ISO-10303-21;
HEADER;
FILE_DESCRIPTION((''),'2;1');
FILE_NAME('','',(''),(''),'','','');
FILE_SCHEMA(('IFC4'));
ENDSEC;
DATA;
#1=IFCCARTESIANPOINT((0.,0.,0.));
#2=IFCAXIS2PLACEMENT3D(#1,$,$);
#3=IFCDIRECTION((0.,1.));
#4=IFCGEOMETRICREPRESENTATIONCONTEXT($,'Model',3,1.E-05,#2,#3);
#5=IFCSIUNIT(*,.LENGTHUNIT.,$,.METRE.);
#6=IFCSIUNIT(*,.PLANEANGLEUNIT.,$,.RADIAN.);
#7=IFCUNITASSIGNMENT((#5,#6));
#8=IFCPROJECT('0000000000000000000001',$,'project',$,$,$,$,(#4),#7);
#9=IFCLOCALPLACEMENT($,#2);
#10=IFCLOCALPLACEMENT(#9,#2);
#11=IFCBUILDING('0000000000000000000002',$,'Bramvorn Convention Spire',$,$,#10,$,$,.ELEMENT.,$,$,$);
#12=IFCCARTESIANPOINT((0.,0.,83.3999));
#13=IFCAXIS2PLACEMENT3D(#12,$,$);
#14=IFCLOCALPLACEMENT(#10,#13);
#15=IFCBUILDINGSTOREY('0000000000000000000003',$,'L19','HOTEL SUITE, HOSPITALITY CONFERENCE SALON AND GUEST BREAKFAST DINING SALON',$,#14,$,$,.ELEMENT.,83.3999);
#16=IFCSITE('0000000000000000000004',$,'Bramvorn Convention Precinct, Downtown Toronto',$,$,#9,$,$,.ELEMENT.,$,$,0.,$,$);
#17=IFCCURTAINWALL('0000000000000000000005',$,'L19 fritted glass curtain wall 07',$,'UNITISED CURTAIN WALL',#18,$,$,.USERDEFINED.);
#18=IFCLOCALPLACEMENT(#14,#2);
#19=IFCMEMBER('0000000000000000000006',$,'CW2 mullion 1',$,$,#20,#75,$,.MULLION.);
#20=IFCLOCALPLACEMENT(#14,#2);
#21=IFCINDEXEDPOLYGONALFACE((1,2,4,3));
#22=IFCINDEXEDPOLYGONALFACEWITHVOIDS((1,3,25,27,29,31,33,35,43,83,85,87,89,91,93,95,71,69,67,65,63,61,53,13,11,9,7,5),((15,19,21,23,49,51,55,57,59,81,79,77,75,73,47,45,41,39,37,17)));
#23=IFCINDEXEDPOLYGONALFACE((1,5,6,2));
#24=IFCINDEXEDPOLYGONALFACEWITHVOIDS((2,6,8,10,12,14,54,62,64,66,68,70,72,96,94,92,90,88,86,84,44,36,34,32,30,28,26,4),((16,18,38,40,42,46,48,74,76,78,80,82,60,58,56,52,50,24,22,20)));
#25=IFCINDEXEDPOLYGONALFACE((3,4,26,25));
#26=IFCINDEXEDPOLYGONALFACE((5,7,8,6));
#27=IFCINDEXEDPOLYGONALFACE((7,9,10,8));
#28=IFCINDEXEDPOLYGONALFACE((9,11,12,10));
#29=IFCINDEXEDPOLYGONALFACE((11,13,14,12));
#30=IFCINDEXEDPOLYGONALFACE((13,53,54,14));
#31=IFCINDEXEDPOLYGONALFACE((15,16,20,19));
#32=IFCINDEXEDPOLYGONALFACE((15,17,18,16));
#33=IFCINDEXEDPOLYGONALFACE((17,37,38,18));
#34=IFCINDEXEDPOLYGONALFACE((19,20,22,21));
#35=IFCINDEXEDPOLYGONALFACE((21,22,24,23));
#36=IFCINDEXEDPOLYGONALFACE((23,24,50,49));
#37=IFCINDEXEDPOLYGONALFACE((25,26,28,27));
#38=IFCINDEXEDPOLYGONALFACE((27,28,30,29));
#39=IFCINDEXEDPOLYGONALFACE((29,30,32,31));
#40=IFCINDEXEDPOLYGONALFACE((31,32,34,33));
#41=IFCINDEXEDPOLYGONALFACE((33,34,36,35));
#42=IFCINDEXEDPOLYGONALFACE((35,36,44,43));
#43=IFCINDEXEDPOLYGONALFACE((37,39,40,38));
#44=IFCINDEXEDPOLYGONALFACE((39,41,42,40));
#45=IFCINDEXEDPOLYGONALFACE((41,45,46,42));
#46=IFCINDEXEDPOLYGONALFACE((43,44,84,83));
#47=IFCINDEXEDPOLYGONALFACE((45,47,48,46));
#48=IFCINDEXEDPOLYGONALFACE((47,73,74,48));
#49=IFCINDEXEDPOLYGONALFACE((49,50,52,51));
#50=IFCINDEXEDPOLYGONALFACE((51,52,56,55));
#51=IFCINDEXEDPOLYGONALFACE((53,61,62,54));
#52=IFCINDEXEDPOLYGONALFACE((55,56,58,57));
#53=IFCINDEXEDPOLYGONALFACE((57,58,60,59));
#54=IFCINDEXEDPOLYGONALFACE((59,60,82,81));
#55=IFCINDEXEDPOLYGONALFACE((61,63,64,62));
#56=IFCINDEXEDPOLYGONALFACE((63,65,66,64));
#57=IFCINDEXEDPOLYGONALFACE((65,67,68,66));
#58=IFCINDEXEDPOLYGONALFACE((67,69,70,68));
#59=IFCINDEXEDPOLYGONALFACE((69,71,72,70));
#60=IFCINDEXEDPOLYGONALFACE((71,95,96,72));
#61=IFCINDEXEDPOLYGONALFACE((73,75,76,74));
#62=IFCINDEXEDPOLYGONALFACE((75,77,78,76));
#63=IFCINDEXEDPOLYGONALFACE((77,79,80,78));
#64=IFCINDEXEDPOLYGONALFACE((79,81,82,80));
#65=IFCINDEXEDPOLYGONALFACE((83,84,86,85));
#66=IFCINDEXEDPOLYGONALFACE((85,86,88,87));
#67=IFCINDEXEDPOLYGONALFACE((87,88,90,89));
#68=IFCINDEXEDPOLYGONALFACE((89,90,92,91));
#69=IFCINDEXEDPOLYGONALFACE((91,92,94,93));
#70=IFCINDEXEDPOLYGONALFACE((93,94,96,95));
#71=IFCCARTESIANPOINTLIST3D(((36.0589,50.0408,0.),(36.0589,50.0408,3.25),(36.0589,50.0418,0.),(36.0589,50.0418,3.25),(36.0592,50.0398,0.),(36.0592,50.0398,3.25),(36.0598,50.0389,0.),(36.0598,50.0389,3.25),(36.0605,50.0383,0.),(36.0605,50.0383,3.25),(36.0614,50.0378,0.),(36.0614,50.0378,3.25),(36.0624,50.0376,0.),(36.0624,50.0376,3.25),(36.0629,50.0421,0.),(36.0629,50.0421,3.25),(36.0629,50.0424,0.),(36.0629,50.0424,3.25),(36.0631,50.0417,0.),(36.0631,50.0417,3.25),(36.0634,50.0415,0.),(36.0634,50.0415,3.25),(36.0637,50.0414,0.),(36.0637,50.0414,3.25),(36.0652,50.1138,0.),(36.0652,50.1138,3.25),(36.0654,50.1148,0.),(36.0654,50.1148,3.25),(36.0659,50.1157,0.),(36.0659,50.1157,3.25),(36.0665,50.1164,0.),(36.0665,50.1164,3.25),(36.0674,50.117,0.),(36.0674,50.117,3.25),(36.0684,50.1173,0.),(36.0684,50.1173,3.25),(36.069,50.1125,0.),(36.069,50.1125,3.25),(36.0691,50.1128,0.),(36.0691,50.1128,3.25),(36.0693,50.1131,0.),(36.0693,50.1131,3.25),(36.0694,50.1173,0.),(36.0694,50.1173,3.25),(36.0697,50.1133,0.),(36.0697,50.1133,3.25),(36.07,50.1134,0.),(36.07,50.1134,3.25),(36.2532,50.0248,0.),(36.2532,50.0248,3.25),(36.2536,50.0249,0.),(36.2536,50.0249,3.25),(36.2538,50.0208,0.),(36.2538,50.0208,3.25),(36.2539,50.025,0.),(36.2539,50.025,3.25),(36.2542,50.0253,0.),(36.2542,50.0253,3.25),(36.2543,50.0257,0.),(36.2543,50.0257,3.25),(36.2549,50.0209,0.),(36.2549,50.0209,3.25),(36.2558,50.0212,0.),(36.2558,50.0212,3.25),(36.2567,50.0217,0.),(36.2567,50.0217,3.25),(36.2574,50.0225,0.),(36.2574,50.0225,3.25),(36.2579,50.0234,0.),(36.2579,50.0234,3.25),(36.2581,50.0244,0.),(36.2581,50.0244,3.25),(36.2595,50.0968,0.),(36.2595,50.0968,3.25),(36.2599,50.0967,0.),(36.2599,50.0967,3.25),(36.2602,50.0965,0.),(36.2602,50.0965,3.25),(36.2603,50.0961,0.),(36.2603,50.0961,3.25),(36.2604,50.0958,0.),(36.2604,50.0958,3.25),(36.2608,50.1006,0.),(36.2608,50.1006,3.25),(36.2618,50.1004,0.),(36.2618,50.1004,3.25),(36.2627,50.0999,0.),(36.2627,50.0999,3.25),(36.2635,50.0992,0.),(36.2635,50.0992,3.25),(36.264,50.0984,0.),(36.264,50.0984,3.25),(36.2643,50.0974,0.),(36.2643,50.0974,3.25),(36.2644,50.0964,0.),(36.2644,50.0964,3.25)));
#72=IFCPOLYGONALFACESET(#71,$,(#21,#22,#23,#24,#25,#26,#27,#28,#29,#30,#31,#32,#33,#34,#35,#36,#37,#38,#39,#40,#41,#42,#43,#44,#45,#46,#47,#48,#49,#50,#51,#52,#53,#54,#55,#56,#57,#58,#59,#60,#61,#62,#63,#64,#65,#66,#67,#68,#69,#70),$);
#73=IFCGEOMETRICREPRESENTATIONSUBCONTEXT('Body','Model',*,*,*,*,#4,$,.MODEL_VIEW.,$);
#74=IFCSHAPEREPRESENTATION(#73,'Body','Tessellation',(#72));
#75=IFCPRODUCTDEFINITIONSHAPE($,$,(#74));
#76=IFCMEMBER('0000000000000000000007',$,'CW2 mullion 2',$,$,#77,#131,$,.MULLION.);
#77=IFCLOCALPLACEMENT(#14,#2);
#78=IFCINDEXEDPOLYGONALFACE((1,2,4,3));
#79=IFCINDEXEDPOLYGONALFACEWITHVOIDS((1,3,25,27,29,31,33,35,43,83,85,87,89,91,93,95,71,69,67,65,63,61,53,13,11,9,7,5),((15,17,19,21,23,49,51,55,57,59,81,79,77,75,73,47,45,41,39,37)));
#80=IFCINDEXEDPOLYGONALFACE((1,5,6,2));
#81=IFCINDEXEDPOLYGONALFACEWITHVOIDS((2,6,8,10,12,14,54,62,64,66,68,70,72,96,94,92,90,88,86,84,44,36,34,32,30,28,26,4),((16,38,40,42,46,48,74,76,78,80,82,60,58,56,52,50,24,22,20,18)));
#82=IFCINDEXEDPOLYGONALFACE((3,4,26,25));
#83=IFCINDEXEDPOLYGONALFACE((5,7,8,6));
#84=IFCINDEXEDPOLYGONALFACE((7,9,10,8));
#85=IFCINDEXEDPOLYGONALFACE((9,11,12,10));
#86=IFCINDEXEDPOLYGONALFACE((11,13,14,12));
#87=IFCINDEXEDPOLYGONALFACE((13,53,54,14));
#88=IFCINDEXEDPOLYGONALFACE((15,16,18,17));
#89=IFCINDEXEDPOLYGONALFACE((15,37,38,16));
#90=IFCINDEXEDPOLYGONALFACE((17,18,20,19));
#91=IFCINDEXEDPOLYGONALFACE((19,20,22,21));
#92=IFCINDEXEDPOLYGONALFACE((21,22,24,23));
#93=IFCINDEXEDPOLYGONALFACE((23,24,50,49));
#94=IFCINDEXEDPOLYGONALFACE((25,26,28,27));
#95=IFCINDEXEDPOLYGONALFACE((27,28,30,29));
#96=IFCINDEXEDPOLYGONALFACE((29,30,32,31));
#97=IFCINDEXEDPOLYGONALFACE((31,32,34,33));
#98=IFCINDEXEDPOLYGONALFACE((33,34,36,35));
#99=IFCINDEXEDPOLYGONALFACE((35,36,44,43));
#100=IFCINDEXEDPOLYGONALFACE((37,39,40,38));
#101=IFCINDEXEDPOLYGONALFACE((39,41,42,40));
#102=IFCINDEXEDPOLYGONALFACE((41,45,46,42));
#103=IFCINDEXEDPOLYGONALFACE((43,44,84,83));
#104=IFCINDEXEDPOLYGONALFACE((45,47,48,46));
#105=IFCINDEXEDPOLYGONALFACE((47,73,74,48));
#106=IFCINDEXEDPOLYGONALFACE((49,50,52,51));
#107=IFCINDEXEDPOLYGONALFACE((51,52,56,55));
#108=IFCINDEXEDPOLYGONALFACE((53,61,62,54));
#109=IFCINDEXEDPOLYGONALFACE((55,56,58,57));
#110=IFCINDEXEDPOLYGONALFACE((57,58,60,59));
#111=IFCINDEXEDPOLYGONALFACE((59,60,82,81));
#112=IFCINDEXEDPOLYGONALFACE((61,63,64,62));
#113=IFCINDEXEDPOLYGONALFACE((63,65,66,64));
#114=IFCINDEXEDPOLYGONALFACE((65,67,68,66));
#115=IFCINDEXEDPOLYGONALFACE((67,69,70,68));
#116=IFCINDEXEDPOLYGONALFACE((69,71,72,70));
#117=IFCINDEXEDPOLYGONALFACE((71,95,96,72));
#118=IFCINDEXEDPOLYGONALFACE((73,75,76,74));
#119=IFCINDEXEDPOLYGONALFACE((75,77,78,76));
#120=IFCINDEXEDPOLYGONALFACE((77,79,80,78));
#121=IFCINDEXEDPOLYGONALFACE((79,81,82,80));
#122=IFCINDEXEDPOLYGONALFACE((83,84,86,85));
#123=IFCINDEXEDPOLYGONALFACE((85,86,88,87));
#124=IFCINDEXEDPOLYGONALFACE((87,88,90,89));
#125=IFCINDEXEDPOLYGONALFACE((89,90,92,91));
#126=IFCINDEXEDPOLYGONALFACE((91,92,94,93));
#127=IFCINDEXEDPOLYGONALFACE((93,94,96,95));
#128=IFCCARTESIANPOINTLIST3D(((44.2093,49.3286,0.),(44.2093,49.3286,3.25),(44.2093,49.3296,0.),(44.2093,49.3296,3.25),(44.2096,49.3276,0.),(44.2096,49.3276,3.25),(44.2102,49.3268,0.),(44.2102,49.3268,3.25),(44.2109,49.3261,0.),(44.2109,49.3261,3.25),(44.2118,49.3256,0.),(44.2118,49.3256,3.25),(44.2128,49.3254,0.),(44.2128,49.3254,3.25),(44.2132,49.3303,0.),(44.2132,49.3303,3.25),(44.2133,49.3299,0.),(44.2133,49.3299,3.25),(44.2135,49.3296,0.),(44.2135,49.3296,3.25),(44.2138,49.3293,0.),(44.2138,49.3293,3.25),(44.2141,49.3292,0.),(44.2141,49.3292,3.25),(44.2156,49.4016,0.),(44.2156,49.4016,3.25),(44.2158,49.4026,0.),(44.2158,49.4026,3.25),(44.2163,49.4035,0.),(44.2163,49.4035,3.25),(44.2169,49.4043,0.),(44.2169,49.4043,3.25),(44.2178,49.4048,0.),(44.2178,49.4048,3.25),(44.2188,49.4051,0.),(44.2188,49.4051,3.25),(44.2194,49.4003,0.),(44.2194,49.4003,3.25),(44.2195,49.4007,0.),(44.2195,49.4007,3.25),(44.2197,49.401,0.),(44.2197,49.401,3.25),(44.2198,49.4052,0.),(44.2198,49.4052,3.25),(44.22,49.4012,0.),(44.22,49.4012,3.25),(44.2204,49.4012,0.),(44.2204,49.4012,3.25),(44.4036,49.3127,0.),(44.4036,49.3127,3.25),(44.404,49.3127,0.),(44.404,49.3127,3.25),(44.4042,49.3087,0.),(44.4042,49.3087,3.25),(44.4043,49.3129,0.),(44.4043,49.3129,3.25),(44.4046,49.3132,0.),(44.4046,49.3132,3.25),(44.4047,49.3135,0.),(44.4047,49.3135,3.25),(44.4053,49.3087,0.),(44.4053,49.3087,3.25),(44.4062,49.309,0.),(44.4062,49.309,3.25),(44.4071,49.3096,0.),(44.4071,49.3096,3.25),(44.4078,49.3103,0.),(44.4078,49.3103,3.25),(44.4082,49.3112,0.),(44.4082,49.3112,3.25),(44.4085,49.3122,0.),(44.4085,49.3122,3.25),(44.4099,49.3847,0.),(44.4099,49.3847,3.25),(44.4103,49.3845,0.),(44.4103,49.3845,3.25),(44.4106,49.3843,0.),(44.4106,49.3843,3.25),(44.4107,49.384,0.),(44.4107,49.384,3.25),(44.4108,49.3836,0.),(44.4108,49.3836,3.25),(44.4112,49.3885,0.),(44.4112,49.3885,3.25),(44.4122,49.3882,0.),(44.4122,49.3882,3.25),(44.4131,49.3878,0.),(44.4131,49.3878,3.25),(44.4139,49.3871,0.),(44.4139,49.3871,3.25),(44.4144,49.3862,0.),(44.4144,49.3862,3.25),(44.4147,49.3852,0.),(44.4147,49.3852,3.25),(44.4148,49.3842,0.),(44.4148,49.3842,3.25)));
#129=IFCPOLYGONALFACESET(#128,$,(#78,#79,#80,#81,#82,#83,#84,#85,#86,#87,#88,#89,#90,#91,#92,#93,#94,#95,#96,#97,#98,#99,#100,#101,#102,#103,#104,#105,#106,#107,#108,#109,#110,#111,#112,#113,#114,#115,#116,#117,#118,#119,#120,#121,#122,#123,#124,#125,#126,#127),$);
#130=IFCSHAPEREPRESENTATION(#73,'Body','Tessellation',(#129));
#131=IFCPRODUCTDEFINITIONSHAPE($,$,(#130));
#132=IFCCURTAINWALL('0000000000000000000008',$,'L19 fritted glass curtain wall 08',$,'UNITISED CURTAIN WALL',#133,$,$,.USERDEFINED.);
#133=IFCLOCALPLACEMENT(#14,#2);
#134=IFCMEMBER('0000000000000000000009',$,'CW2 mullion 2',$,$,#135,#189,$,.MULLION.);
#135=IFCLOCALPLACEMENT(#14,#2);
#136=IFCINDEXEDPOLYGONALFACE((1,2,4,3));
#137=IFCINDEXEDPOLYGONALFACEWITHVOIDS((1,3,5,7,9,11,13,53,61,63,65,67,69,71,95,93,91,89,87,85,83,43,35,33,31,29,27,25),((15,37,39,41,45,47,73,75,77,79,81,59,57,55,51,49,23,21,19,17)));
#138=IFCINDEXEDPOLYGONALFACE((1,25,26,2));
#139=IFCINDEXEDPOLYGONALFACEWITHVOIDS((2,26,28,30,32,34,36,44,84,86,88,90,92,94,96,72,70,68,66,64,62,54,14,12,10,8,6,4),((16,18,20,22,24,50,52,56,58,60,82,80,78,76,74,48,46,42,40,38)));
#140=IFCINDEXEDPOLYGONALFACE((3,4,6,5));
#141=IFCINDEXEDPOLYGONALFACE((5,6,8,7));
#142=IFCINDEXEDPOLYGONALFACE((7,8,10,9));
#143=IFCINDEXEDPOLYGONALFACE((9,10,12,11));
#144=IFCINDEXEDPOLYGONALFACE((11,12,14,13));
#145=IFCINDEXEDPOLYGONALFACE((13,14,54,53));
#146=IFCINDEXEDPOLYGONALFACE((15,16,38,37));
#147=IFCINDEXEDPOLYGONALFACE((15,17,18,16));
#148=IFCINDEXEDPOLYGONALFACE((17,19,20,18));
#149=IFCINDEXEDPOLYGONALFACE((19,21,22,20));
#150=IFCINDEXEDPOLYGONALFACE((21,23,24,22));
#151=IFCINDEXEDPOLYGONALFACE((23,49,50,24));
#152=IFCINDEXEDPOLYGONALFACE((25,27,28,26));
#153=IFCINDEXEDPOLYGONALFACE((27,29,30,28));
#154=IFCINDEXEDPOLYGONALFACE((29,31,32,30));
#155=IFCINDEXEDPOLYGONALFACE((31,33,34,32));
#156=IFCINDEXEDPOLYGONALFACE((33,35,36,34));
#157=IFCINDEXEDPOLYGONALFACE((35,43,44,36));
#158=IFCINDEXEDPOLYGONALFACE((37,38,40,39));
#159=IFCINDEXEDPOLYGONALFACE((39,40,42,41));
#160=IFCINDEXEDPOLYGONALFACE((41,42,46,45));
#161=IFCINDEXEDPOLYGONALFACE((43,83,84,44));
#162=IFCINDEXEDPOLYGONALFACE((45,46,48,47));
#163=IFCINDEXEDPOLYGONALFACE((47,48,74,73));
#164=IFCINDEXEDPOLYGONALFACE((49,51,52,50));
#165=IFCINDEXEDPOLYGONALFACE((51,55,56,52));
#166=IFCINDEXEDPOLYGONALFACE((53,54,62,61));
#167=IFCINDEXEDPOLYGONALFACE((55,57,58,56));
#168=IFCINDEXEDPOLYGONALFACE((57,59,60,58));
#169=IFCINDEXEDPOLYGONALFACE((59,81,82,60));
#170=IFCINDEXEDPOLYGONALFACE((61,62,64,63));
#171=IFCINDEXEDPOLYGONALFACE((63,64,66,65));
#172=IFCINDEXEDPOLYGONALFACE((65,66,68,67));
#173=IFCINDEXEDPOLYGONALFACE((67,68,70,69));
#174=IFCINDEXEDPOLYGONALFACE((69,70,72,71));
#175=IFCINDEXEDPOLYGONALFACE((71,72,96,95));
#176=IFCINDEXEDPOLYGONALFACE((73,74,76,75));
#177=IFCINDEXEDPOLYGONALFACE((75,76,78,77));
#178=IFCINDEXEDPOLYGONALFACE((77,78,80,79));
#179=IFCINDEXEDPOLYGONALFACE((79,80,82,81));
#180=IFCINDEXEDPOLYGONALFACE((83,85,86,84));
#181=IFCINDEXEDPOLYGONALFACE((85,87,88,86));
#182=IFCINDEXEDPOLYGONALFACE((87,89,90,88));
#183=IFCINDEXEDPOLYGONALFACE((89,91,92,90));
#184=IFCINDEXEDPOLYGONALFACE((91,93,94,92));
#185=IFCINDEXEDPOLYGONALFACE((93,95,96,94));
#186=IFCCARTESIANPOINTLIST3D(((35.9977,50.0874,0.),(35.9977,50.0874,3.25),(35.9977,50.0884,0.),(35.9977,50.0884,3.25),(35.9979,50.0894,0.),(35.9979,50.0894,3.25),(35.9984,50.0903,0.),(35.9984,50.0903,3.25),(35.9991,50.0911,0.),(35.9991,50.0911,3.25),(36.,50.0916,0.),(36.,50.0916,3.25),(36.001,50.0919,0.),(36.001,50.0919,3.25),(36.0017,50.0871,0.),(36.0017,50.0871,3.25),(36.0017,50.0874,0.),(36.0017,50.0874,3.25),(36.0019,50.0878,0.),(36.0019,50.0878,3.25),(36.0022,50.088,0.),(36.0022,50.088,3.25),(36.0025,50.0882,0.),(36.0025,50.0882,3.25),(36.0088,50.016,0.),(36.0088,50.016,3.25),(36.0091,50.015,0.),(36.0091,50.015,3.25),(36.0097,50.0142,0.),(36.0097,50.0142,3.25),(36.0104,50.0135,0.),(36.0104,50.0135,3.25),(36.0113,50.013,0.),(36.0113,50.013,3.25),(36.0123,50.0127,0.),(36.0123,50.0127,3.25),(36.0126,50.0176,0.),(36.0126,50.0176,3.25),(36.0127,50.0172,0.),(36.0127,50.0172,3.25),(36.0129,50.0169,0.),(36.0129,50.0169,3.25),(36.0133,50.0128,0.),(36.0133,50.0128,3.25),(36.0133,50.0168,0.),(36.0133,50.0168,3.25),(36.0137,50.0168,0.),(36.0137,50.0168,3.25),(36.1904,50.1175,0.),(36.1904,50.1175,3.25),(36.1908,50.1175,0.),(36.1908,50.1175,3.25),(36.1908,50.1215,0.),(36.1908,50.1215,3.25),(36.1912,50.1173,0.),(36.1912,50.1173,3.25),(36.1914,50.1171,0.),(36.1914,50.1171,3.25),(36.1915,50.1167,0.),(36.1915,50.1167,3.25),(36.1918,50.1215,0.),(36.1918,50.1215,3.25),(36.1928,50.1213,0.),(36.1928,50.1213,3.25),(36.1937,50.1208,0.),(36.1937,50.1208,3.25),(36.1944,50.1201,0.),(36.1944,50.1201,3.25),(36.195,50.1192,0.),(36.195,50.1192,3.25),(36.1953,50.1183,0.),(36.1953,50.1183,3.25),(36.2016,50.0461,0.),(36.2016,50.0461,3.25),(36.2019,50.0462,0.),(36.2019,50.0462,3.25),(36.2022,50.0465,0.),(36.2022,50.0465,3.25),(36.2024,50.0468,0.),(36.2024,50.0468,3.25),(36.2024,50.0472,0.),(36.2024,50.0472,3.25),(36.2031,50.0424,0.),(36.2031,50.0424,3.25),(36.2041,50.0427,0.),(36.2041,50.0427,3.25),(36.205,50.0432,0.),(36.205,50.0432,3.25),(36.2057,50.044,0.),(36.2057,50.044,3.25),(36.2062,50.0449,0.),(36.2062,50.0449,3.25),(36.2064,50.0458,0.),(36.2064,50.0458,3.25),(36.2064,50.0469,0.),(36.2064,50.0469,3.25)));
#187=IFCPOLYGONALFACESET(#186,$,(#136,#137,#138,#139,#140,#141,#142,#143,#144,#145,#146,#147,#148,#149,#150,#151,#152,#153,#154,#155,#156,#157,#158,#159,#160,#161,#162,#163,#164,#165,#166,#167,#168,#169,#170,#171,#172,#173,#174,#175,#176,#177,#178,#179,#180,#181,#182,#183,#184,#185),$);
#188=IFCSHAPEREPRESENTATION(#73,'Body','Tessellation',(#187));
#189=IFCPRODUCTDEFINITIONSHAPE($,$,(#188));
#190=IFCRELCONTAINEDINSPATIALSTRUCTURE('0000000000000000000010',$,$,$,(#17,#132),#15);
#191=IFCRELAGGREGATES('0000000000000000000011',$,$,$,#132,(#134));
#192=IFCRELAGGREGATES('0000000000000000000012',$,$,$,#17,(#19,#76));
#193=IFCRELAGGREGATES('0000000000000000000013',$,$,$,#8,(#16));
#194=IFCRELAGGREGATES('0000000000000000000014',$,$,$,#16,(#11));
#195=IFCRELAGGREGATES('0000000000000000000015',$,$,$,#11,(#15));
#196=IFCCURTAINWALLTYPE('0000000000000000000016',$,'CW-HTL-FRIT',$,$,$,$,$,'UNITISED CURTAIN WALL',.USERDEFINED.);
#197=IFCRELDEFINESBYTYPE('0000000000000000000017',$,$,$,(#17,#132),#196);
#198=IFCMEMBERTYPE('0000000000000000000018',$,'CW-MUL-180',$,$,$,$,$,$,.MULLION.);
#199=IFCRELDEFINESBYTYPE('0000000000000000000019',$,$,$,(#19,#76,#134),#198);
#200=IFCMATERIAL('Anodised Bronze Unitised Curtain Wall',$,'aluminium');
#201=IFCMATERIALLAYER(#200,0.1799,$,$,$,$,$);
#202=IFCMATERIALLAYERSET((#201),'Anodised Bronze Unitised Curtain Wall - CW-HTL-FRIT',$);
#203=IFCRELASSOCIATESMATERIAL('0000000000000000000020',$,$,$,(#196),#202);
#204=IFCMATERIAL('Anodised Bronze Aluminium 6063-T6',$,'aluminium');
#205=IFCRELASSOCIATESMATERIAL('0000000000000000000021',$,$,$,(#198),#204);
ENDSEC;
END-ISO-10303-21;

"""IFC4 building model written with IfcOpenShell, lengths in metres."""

from ifc_helpers import new_model, si_unit, direction, frame, origin, origin_2d, place, context, subcontext, project, spatial, hollow_rectangle, extrude, material, layer, layer_set, material_profile, profile_set, type_object, element, aggregate, save


model = new_model("IFC4")

# Units and contexts
model_context = context("Model", 3, precision=1e-05, world=origin(), true_north=direction((0.0, 1.0)))
body_context = subcontext(model_context, "Body", "Model", "MODEL_VIEW")
ifc_project = project(units=[si_unit("LENGTHUNIT", "METRE"), si_unit("PLANEANGLEUNIT", "RADIAN")], contexts=[model_context])

# Site, building, storey
site_placement = place(None, origin())
site = spatial("IfcSite", under=ifc_project, at=site_placement, Name="Bramvorn Convention Precinct, Downtown Toronto", CompositionType="ELEMENT", RefElevation=0.0)
building_placement = place(site_placement, origin())
building = spatial("IfcBuilding", under=site, at=building_placement, Name="Bramvorn Convention Spire", CompositionType="ELEMENT")
storey_placement = place(building_placement, frame((0.0, 0.0, 83.3999)))
storey = spatial("IfcBuildingStorey", under=building, at=storey_placement, Name="L19", Description="HOTEL SUITE, HOSPITALITY CONFERENCE SALON AND GUEST BREAKFAST DINING SALON", CompositionType="ELEMENT", Elevation=83.3999)

# Curtain wall, members
ifc_material_1 = material(Name="Anodised Bronze Unitised Curtain Wall", Category="aluminium")
ifc_layer_1 = layer(ifc_material_1, 0.1799)
ifc_layer_set_1 = layer_set([ifc_layer_1], Name="Anodised Bronze Unitised Curtain Wall - CW-HTL-FRIT")
curtain_wall_type = type_object("IfcCurtainWallType", Name="CW-HTL-FRIT", ElementType="UNITISED CURTAIN WALL", PredefinedType="USERDEFINED", material=ifc_layer_set_1)
curtain_wall_1_placement = place(storey_placement, origin())
curtain_wall_1 = element("IfcCurtainWall", 1, at=curtain_wall_1_placement, inside=storey, type_object=curtain_wall_type, Name="L19 fritted glass curtain wall 07", ObjectType="UNITISED CURTAIN WALL", PredefinedType="USERDEFINED")
ifc_material_2 = material(Name="Anodised Bronze Aluminium 6063-T6", Category="aluminium")
ifc_material_profile_1 = material_profile(ifc_material_2, hollow_rectangle(XDim=0.0801, YDim=0.2, WallThickness=0.0039, InnerFilletRadius=0.001, OuterFilletRadius=0.0039, at=origin_2d()))
ifc_profile_set_1 = profile_set([ifc_material_profile_1], Name="Anodised Bronze Aluminium 6063-T6 - CWM80X200")
member_type_1 = type_object("IfcMemberType", Name="CW-MUL-180", PredefinedType="MULLION", material=ifc_profile_set_1)
member_1_placement = place(storey_placement, frame((36.1616, 50.0691, 0.0), z_axis=(0.0, 0.0, 1.0), x_axis=(0.087036, 0.996205, 0.0)))
member_1 = element("IfcMember", 2, at=member_1_placement, type_object=member_type_1, Name="CW2 mullion 1", PredefinedType="MULLION", context=body_context, shape_type="SweptSolid", body=[
    extrude(hollow_rectangle(XDim=0.0801, YDim=0.2, WallThickness=0.0039, InnerFilletRadius=0.001, OuterFilletRadius=0.0039, at=origin_2d()), origin(), (0.0, 0.0, 1.0), 3.25),
])
member_2_placement = place(storey_placement, frame((44.312, 49.3569, 0.0), z_axis=(0.0, 0.0, 1.0), x_axis=(0.087036, 0.996205, 0.0)))
member_2 = element("IfcMember", 3, at=member_2_placement, type_object=member_type_1, Name="CW2 mullion 2", PredefinedType="MULLION", context=body_context, shape_type="SweptSolid", body=[
    extrude(hollow_rectangle(XDim=0.0801, YDim=0.2, WallThickness=0.0039, InnerFilletRadius=0.001, OuterFilletRadius=0.0039, at=origin_2d()), origin(), (0.0, 0.0, 1.0), 3.25),
])

# Curtain wall, member
curtain_wall_2_placement = place(storey_placement, origin())
curtain_wall_2 = element("IfcCurtainWall", 4, at=curtain_wall_2_placement, inside=storey, type_object=curtain_wall_type, Name="L19 fritted glass curtain wall 08", ObjectType="UNITISED CURTAIN WALL", PredefinedType="USERDEFINED")
member_3_placement = place(storey_placement, frame((36.1021, 50.0671, 0.0), z_axis=(0.0, 0.0, 1.0), x_axis=(-0.154293, 0.988025, 0.0)))
member_3 = element("IfcMember", 5, at=member_3_placement, type_object=member_type_1, Name="CW2 mullion 2", PredefinedType="MULLION", context=body_context, shape_type="SweptSolid", body=[
    extrude(hollow_rectangle(XDim=0.0801, YDim=0.2, WallThickness=0.0039, InnerFilletRadius=0.001, OuterFilletRadius=0.0039, at=origin_2d()), origin(), (0.0, 0.0, 1.0), 3.25),
])
aggregate(curtain_wall_2, [member_3])

aggregate(curtain_wall_1, [member_1, member_2])

save(model, "model.ifc")
